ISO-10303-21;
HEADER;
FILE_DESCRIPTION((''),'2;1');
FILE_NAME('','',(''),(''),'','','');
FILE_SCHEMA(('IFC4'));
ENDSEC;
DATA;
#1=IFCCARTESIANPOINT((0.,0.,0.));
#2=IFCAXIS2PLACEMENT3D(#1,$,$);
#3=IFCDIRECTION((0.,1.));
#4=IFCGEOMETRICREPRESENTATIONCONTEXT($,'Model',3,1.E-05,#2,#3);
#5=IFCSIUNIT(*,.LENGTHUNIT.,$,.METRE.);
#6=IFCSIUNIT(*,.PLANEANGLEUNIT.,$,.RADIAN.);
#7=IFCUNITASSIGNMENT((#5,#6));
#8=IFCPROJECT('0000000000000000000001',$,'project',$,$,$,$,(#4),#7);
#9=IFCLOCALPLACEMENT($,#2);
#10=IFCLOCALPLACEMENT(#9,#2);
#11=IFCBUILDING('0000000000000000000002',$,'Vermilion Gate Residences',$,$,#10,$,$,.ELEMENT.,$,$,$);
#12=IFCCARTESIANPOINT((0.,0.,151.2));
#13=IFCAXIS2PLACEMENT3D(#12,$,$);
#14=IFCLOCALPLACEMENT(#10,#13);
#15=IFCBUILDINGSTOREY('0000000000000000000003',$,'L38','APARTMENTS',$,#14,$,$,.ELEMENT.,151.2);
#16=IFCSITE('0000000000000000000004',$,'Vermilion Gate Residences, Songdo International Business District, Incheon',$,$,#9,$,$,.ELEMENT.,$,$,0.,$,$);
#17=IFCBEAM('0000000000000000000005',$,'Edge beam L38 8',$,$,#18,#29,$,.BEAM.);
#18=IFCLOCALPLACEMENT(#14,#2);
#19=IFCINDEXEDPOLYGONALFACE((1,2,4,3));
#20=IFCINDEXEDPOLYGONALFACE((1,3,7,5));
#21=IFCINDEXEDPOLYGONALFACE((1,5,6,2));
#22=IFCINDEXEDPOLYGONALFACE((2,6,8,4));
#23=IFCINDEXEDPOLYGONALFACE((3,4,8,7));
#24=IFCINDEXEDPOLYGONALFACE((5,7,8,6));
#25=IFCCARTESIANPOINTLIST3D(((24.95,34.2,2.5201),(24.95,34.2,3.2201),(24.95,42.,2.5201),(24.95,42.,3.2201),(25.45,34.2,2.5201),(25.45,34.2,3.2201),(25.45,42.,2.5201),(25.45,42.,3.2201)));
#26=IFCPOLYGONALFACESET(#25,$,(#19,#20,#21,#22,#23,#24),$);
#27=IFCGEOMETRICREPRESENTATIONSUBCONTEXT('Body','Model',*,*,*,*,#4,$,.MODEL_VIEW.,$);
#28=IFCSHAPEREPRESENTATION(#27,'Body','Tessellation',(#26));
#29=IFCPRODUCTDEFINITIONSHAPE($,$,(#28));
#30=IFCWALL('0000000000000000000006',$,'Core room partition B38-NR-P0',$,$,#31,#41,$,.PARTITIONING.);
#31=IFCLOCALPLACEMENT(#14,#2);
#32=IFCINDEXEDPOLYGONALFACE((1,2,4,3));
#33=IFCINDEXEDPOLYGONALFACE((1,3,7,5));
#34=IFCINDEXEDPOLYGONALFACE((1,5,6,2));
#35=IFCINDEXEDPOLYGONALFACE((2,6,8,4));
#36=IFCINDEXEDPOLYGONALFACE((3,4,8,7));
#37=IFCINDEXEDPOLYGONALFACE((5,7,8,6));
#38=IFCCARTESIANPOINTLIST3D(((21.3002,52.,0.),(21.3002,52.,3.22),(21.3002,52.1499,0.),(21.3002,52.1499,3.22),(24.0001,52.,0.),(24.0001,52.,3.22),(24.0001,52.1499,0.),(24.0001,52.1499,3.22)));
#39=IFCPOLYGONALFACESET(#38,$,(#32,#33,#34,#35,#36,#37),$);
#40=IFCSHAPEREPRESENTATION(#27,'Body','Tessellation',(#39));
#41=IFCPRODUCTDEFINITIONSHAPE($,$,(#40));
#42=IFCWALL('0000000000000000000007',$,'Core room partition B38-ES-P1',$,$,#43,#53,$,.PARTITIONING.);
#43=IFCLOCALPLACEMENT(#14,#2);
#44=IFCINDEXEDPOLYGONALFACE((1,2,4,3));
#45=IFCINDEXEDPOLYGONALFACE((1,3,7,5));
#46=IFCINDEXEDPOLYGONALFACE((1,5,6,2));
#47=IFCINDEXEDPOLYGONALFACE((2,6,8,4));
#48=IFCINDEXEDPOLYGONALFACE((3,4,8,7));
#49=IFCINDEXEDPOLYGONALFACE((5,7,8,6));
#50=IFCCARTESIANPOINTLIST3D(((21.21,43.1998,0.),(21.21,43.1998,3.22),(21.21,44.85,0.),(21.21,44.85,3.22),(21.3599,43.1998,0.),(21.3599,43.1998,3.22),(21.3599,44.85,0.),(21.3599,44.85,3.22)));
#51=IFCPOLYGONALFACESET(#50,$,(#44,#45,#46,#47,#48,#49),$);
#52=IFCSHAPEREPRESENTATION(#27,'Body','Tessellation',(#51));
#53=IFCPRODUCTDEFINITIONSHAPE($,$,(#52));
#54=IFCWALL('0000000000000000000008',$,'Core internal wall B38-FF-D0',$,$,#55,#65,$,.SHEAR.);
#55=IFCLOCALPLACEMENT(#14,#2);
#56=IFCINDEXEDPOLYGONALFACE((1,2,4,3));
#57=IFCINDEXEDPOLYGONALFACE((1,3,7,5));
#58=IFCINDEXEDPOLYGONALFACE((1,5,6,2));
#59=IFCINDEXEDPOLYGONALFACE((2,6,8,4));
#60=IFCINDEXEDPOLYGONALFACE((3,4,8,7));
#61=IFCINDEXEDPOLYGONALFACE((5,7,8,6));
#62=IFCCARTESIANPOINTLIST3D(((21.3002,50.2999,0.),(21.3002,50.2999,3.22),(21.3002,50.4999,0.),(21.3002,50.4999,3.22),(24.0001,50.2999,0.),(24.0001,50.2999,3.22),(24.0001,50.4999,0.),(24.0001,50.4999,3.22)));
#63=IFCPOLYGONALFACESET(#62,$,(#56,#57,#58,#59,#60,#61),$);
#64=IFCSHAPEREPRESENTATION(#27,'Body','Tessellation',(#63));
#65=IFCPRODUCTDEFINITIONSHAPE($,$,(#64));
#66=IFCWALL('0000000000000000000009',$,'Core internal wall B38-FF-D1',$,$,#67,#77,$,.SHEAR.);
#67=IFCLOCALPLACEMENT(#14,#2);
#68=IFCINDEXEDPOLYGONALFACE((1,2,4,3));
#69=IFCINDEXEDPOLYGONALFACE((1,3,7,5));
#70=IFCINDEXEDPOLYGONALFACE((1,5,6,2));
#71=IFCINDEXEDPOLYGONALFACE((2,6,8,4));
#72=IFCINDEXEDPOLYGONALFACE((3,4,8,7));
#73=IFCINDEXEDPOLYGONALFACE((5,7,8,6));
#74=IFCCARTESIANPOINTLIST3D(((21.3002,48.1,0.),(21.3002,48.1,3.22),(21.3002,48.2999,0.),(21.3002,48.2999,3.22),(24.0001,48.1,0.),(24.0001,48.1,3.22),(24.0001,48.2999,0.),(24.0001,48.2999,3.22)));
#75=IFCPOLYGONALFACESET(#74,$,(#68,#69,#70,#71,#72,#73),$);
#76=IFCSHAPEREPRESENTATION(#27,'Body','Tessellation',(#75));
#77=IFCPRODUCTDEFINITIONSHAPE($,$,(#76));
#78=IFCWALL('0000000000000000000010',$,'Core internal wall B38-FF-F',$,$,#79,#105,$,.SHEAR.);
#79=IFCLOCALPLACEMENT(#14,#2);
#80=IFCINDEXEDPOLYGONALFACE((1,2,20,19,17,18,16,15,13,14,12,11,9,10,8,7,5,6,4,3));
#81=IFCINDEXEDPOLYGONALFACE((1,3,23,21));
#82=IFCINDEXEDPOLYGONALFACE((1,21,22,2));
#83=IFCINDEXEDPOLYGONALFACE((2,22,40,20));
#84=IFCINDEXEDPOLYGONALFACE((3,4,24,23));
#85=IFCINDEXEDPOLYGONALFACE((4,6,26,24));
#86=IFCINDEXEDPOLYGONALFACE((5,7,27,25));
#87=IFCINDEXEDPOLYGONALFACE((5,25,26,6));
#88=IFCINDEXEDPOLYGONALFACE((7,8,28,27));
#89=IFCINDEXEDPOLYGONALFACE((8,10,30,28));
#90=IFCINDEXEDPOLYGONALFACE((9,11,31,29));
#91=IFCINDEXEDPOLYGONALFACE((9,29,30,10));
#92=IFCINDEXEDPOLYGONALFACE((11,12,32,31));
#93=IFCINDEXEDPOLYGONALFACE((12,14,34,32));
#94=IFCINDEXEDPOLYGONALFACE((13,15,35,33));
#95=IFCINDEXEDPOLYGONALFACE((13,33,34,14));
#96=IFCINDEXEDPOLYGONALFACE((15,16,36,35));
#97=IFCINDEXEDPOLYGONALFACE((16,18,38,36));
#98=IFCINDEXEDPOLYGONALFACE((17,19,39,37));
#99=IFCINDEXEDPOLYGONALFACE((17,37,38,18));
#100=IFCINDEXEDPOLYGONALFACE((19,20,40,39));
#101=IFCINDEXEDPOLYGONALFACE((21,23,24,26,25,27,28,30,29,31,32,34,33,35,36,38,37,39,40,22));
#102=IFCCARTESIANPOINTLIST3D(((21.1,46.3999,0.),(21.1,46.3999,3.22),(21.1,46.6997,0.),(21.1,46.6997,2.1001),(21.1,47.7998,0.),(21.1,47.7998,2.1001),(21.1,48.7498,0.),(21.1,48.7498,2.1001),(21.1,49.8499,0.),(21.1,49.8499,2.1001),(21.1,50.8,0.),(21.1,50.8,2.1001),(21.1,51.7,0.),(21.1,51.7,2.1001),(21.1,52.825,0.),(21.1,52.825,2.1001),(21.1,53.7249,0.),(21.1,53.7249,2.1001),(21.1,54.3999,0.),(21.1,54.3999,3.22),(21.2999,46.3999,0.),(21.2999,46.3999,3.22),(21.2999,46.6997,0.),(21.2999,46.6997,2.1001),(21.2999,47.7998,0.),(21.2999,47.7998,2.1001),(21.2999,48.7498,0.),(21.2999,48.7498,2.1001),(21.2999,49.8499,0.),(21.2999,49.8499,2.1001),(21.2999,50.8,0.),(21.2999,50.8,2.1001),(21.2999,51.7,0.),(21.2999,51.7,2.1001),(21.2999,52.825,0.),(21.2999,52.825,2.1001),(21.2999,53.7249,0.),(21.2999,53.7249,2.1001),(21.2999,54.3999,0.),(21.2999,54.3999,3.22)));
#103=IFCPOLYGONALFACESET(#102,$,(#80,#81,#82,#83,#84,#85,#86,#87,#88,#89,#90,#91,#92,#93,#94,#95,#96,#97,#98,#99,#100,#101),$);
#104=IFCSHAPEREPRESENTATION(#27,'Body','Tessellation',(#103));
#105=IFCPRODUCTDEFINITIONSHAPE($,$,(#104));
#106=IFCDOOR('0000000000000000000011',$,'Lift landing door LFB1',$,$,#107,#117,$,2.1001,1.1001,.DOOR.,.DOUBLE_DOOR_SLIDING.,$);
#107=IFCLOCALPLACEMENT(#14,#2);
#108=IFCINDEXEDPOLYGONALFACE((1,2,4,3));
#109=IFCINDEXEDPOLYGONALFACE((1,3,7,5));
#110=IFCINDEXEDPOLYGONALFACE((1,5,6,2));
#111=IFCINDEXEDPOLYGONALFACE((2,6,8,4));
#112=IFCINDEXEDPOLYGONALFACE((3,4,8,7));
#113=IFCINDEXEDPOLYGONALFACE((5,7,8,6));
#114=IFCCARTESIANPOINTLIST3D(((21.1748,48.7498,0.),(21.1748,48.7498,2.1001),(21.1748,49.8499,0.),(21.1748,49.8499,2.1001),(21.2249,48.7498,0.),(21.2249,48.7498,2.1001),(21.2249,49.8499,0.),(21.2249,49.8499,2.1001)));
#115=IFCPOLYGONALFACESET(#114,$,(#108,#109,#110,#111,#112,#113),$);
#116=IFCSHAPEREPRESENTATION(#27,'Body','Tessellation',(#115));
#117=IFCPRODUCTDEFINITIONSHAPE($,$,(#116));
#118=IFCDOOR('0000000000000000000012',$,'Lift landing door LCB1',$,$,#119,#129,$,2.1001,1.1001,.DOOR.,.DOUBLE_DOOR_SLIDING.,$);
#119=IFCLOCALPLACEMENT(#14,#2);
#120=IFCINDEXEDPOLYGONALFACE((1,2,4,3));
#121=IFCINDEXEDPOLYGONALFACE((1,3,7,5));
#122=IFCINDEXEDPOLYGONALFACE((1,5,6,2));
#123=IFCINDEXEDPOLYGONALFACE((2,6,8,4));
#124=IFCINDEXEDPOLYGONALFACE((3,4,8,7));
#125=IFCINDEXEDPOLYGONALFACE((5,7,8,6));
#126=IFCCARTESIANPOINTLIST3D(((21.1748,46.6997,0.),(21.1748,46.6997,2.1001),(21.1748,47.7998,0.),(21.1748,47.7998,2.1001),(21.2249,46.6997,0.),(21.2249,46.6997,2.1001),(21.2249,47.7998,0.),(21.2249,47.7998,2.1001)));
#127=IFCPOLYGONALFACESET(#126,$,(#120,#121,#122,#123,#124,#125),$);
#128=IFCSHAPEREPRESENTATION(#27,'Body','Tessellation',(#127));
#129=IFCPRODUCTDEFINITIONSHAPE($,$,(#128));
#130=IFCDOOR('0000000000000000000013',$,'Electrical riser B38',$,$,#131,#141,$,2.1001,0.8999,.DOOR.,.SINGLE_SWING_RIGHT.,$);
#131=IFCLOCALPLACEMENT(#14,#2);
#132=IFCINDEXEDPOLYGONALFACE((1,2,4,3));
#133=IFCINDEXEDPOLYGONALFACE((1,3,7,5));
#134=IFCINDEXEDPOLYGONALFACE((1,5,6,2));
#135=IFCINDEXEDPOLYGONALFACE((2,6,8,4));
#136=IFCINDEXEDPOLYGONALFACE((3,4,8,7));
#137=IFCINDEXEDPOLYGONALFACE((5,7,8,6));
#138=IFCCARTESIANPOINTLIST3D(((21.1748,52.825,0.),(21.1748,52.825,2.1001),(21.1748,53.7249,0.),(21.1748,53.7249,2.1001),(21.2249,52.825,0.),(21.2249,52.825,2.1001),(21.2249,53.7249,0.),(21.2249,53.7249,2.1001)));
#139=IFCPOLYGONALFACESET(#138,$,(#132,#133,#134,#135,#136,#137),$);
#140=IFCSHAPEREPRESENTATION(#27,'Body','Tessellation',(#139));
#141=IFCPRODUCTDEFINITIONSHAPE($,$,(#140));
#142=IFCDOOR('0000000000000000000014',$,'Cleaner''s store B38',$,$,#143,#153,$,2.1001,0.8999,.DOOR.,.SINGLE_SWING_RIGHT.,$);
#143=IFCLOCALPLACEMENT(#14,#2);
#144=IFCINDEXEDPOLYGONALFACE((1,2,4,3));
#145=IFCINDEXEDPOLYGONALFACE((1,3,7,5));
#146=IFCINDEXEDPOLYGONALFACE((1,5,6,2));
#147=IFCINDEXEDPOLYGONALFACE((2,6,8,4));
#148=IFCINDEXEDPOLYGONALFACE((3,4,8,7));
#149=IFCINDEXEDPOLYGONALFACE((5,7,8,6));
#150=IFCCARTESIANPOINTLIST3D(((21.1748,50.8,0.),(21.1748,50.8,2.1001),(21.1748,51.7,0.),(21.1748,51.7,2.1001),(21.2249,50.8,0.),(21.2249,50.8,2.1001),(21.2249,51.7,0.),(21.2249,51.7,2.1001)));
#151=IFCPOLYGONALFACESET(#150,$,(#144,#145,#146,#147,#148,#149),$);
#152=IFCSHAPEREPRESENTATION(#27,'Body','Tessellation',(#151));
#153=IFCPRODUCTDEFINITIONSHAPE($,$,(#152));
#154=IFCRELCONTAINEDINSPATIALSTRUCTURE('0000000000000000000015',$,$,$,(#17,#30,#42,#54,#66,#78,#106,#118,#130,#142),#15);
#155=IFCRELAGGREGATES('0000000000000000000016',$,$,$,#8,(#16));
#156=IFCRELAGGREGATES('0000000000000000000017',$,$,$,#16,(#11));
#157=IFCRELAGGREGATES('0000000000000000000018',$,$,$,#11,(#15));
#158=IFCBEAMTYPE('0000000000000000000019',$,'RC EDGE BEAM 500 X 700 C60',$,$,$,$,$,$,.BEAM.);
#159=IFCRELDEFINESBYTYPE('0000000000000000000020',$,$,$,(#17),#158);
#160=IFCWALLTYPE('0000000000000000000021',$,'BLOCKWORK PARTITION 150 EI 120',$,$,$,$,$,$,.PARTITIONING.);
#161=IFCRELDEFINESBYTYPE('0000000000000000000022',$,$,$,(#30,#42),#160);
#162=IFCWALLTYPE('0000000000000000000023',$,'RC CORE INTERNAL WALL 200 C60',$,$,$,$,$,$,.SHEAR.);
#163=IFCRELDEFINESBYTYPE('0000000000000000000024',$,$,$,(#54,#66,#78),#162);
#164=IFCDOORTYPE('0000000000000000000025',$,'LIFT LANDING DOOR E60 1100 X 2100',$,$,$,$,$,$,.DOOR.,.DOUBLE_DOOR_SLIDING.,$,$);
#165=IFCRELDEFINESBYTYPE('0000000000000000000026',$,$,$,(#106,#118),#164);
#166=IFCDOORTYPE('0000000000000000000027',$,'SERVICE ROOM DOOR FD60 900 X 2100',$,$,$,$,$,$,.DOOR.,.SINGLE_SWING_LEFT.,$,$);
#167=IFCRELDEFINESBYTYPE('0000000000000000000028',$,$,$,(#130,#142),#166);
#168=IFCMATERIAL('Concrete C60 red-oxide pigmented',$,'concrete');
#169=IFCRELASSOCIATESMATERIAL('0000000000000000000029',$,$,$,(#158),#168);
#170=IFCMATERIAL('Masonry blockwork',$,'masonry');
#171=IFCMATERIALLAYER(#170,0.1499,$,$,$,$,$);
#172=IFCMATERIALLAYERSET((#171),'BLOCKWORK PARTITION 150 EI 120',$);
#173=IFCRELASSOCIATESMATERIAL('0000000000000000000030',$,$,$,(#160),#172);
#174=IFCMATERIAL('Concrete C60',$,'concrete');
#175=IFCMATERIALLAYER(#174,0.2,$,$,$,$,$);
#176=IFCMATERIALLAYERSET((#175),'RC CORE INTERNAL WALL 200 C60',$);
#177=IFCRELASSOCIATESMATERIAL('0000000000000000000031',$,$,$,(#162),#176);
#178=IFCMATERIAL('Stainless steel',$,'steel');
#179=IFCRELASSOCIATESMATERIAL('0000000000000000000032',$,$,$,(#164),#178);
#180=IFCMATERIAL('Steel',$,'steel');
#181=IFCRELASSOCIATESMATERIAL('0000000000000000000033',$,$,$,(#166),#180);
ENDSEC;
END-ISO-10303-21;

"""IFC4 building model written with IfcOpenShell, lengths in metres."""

from ifc_helpers import new_model, si_unit, direction, frame, frame_2d, origin, origin_2d, place, context, subcontext, project, spatial, rectangle, extrude, material, layer, layer_set, material_profile, profile_set, type_object, element, fill, save


model = new_model("IFC4")

# Units and contexts
model_context = context("Model", 3, precision=1e-05, world=origin(), true_north=direction((0.0, 1.0)))
body_context = subcontext(model_context, "Body", "Model", "MODEL_VIEW")
ifc_project = project(units=[si_unit("LENGTHUNIT", "METRE"), si_unit("PLANEANGLEUNIT", "RADIAN")], contexts=[model_context])

# Site, building, storey
site_placement = place(None, origin())
site = spatial("IfcSite", under=ifc_project, at=site_placement, Name="Vermilion Gate Residences, Songdo International Business District, Incheon", CompositionType="ELEMENT", RefElevation=0.0)
building_placement = place(site_placement, origin())
building = spatial("IfcBuilding", under=site, at=building_placement, Name="Vermilion Gate Residences", CompositionType="ELEMENT")
storey_placement = place(building_placement, frame((0.0, 0.0, 151.2)))
storey = spatial("IfcBuildingStorey", under=building, at=storey_placement, Name="L38", Description="APARTMENTS", CompositionType="ELEMENT", Elevation=151.2)

# Beam
ifc_material_1 = material(Name="Concrete C60 red-oxide pigmented", Category="concrete")
ifc_material_profile_1 = material_profile(ifc_material_1, rectangle(XDim=0.5, YDim=0.7, at=origin_2d()), Name="RC-500x700")
ifc_profile_set_1 = profile_set([ifc_material_profile_1], Name="Concrete C60 red-oxide pigmented")
beam_type = type_object("IfcBeamType", Name="RC EDGE BEAM 500 X 700 C60", PredefinedType="BEAM", material=ifc_profile_set_1)
beam_placement = place(storey_placement, frame((25.2, 34.2, 2.8701), z_axis=(0.0, 1.0, 0.0), x_axis=(-1.0, 0.0, 0.0)))
element("IfcBeam", 1, at=beam_placement, inside=storey, type_object=beam_type, Name="Edge beam L38 8", PredefinedType="BEAM", context=body_context, shape_type="SweptSolid", body=[
    extrude(rectangle(XDim=0.5, YDim=0.7, at=origin_2d()), origin(), (0.0, 0.0, 1.0), 7.8),
])

# Walls
ifc_material_2 = material(Name="Masonry blockwork", Category="masonry")
ifc_layer_1 = layer(ifc_material_2, 0.1499)
ifc_layer_set_1 = layer_set([ifc_layer_1], Name="BLOCKWORK PARTITION 150 EI 120")
wall_type_1 = type_object("IfcWallType", Name="BLOCKWORK PARTITION 150 EI 120", PredefinedType="PARTITIONING", material=ifc_layer_set_1)
wall_1_placement = place(storey_placement, frame((21.3, 52.075, 0.0), z_axis=(0.0, 0.0, 1.0), x_axis=(1.0, 0.0, 0.0)))
element("IfcWall", 2, at=wall_1_placement, inside=storey, type_object=wall_type_1, Name="Core room partition B38-NR-P0", PredefinedType="PARTITIONING", context=body_context, shape_type="SweptSolid", body=[
    extrude(rectangle(XDim=2.7, YDim=0.1499, at=frame_2d((1.3501, 0.0))), origin(), (0.0, 0.0, 1.0), 3.22),
])
wall_2_placement = place(storey_placement, frame((21.2849, 44.8501, 0.0), z_axis=(0.0, 0.0, 1.0), x_axis=(0.0, -1.0, 0.0)))
element("IfcWall", 3, at=wall_2_placement, inside=storey, type_object=wall_type_1, Name="Core room partition B38-ES-P1", PredefinedType="PARTITIONING", context=body_context, shape_type="SweptSolid", body=[
    extrude(rectangle(XDim=1.6501, YDim=0.1499, at=frame_2d((0.8252, 0.0))), origin(), (0.0, 0.0, 1.0), 3.22),
])
ifc_material_3 = material(Name="Concrete C60", Category="concrete")
ifc_layer_2 = layer(ifc_material_3, 0.2)
ifc_layer_set_2 = layer_set([ifc_layer_2], Name="RC CORE INTERNAL WALL 200 C60")
wall_type_2 = type_object("IfcWallType", Name="RC CORE INTERNAL WALL 200 C60", PredefinedType="SHEAR", material=ifc_layer_set_2)
for number, where, z_axis, x_axis, name in (
    (4, (21.3, 50.3999, 0.0), (0.0, 0.0, 1.0), (1.0, 0.0, 0.0), "Core internal wall B38-FF-D0"),
    (5, (21.3, 48.2, 0.0), (0.0, 0.0, 1.0), (1.0, 0.0, 0.0), "Core internal wall B38-FF-D1"),
):
    element("IfcWall", number, at=place(storey_placement, frame(where, z_axis=z_axis, x_axis=x_axis)), inside=storey, type_object=wall_type_2, Name=name, PredefinedType="SHEAR", context=body_context, shape_type="SweptSolid", body=[
        extrude(rectangle(XDim=2.7, YDim=0.2, at=frame_2d((1.3501, 0.0))), origin(), (0.0, 0.0, 1.0), 3.22),
    ])

# Wall, openings, doors
wall_3_placement = place(storey_placement, frame((21.2, 54.3999, 0.0), z_axis=(0.0, 0.0, 1.0), x_axis=(0.0, -1.0, 0.0)))
wall_3 = element("IfcWall", 6, at=wall_3_placement, inside=storey, type_object=wall_type_2, Name="Core internal wall B38-FF-F", PredefinedType="SHEAR", context=body_context, shape_type="SweptSolid", body=[
    extrude(rectangle(XDim=8.0, YDim=0.2, at=frame_2d((4.0, 0.0))), origin(), (0.0, 0.0, 1.0), 3.22),
])
opening_1_placement = place(wall_3_placement, frame((0.675, 0.0, 0.0)))
opening_1 = element("IfcOpeningElement", 7, at=opening_1_placement, cuts=wall_3, PredefinedType="OPENING", context=body_context, shape_type="SweptSolid", body=[
    extrude(rectangle(XDim=0.8999, YDim=2.1001, at=frame_2d((0.45, 1.05))), frame((0.0, 0.1099, 0.0), z_axis=(0.0, -1.0, 0.0), x_axis=(1.0, 0.0, 0.0)), (0.0, 0.0, 1.0), 0.22),
])
opening_2_placement = place(wall_3_placement, frame((2.7, 0.0, 0.0)))
opening_2 = element("IfcOpeningElement", 8, at=opening_2_placement, cuts=wall_3, PredefinedType="OPENING", context=body_context, shape_type="SweptSolid", body=[
    extrude(rectangle(XDim=0.8999, YDim=2.1001, at=frame_2d((0.45, 1.05))), frame((0.0, 0.1099, 0.0), z_axis=(0.0, -1.0, 0.0), x_axis=(1.0, 0.0, 0.0)), (0.0, 0.0, 1.0), 0.22),
])
opening_3_placement = place(wall_3_placement, frame((4.55, 0.0, 0.0)))
opening_3 = element("IfcOpeningElement", 9, at=opening_3_placement, cuts=wall_3, PredefinedType="OPENING", context=body_context, shape_type="SweptSolid", body=[
    extrude(rectangle(XDim=1.1001, YDim=2.1001, at=frame_2d((0.55, 1.05))), frame((0.0, 0.1099, 0.0), z_axis=(0.0, -1.0, 0.0), x_axis=(1.0, 0.0, 0.0)), (0.0, 0.0, 1.0), 0.22),
])
opening_4_placement = place(wall_3_placement, frame((6.6001, 0.0, 0.0)))
opening_4 = element("IfcOpeningElement", 10, at=opening_4_placement, cuts=wall_3, PredefinedType="OPENING", context=body_context, shape_type="SweptSolid", body=[
    extrude(rectangle(XDim=1.1001, YDim=2.1001, at=frame_2d((0.55, 1.05))), frame((0.0, 0.1099, 0.0), z_axis=(0.0, -1.0, 0.0), x_axis=(1.0, 0.0, 0.0)), (0.0, 0.0, 1.0), 0.22),
])
ifc_material_4 = material(Name="Stainless steel", Category="steel")
door_type_1 = type_object("IfcDoorType", Name="LIFT LANDING DOOR E60 1100 X 2100", OperationType="DOUBLE_DOOR_SLIDING", PredefinedType="DOOR", material=ifc_material_4)
door_1_placement = place(opening_3_placement, origin())
door_1 = element("IfcDoor", 11, at=door_1_placement, inside=storey, type_object=door_type_1, Name="Lift landing door LFB1", OperationType="DOUBLE_DOOR_SLIDING", OverallHeight=2.1001, OverallWidth=1.1001, PredefinedType="DOOR", context=body_context, shape_type="SweptSolid", body=[
    extrude(rectangle(XDim=1.1001, YDim=2.1001, at=frame_2d((0.55, 1.05))), frame((0.0, 0.0249, 0.0), z_axis=(0.0, -1.0, 0.0), x_axis=(1.0, 0.0, 0.0)), (0.0, 0.0, 1.0), 0.05),
])
fill(opening_3, door_1)
door_2_placement = place(opening_4_placement, origin())
door_2 = element("IfcDoor", 12, at=door_2_placement, inside=storey, type_object=door_type_1, Name="Lift landing door LCB1", OperationType="DOUBLE_DOOR_SLIDING", OverallHeight=2.1001, OverallWidth=1.1001, PredefinedType="DOOR", context=body_context, shape_type="SweptSolid", body=[
    extrude(rectangle(XDim=1.1001, YDim=2.1001, at=frame_2d((0.55, 1.05))), frame((0.0, 0.0249, 0.0), z_axis=(0.0, -1.0, 0.0), x_axis=(1.0, 0.0, 0.0)), (0.0, 0.0, 1.0), 0.05),
])
fill(opening_4, door_2)
ifc_material_5 = material(Name="Steel", Category="steel")
door_type_2 = type_object("IfcDoorType", Name="SERVICE ROOM DOOR FD60 900 X 2100", OperationType="SINGLE_SWING_LEFT", PredefinedType="DOOR", material=ifc_material_5)
door_3_placement = place(opening_1_placement, origin())
door_3 = element("IfcDoor", 13, at=door_3_placement, inside=storey, type_object=door_type_2, Name="Electrical riser B38", OperationType="SINGLE_SWING_RIGHT", OverallHeight=2.1001, OverallWidth=0.8999, PredefinedType="DOOR", context=body_context, shape_type="SweptSolid", body=[
    extrude(rectangle(XDim=0.8999, YDim=2.1001, at=frame_2d((0.45, 1.05))), frame((0.0, 0.0249, 0.0), z_axis=(0.0, -1.0, 0.0), x_axis=(1.0, 0.0, 0.0)), (0.0, 0.0, 1.0), 0.05),
])
fill(opening_1, door_3)
door_4_placement = place(opening_2_placement, origin())
door_4 = element("IfcDoor", 14, at=door_4_placement, inside=storey, type_object=door_type_2, Name="Cleaner's store B38", OperationType="SINGLE_SWING_RIGHT", OverallHeight=2.1001, OverallWidth=0.8999, PredefinedType="DOOR", context=body_context, shape_type="SweptSolid", body=[
    extrude(rectangle(XDim=0.8999, YDim=2.1001, at=frame_2d((0.45, 1.05))), frame((0.0, 0.0249, 0.0), z_axis=(0.0, -1.0, 0.0), x_axis=(1.0, 0.0, 0.0)), (0.0, 0.0, 1.0), 0.05),
])
fill(opening_2, door_4)

save(model, "model.ifc")
